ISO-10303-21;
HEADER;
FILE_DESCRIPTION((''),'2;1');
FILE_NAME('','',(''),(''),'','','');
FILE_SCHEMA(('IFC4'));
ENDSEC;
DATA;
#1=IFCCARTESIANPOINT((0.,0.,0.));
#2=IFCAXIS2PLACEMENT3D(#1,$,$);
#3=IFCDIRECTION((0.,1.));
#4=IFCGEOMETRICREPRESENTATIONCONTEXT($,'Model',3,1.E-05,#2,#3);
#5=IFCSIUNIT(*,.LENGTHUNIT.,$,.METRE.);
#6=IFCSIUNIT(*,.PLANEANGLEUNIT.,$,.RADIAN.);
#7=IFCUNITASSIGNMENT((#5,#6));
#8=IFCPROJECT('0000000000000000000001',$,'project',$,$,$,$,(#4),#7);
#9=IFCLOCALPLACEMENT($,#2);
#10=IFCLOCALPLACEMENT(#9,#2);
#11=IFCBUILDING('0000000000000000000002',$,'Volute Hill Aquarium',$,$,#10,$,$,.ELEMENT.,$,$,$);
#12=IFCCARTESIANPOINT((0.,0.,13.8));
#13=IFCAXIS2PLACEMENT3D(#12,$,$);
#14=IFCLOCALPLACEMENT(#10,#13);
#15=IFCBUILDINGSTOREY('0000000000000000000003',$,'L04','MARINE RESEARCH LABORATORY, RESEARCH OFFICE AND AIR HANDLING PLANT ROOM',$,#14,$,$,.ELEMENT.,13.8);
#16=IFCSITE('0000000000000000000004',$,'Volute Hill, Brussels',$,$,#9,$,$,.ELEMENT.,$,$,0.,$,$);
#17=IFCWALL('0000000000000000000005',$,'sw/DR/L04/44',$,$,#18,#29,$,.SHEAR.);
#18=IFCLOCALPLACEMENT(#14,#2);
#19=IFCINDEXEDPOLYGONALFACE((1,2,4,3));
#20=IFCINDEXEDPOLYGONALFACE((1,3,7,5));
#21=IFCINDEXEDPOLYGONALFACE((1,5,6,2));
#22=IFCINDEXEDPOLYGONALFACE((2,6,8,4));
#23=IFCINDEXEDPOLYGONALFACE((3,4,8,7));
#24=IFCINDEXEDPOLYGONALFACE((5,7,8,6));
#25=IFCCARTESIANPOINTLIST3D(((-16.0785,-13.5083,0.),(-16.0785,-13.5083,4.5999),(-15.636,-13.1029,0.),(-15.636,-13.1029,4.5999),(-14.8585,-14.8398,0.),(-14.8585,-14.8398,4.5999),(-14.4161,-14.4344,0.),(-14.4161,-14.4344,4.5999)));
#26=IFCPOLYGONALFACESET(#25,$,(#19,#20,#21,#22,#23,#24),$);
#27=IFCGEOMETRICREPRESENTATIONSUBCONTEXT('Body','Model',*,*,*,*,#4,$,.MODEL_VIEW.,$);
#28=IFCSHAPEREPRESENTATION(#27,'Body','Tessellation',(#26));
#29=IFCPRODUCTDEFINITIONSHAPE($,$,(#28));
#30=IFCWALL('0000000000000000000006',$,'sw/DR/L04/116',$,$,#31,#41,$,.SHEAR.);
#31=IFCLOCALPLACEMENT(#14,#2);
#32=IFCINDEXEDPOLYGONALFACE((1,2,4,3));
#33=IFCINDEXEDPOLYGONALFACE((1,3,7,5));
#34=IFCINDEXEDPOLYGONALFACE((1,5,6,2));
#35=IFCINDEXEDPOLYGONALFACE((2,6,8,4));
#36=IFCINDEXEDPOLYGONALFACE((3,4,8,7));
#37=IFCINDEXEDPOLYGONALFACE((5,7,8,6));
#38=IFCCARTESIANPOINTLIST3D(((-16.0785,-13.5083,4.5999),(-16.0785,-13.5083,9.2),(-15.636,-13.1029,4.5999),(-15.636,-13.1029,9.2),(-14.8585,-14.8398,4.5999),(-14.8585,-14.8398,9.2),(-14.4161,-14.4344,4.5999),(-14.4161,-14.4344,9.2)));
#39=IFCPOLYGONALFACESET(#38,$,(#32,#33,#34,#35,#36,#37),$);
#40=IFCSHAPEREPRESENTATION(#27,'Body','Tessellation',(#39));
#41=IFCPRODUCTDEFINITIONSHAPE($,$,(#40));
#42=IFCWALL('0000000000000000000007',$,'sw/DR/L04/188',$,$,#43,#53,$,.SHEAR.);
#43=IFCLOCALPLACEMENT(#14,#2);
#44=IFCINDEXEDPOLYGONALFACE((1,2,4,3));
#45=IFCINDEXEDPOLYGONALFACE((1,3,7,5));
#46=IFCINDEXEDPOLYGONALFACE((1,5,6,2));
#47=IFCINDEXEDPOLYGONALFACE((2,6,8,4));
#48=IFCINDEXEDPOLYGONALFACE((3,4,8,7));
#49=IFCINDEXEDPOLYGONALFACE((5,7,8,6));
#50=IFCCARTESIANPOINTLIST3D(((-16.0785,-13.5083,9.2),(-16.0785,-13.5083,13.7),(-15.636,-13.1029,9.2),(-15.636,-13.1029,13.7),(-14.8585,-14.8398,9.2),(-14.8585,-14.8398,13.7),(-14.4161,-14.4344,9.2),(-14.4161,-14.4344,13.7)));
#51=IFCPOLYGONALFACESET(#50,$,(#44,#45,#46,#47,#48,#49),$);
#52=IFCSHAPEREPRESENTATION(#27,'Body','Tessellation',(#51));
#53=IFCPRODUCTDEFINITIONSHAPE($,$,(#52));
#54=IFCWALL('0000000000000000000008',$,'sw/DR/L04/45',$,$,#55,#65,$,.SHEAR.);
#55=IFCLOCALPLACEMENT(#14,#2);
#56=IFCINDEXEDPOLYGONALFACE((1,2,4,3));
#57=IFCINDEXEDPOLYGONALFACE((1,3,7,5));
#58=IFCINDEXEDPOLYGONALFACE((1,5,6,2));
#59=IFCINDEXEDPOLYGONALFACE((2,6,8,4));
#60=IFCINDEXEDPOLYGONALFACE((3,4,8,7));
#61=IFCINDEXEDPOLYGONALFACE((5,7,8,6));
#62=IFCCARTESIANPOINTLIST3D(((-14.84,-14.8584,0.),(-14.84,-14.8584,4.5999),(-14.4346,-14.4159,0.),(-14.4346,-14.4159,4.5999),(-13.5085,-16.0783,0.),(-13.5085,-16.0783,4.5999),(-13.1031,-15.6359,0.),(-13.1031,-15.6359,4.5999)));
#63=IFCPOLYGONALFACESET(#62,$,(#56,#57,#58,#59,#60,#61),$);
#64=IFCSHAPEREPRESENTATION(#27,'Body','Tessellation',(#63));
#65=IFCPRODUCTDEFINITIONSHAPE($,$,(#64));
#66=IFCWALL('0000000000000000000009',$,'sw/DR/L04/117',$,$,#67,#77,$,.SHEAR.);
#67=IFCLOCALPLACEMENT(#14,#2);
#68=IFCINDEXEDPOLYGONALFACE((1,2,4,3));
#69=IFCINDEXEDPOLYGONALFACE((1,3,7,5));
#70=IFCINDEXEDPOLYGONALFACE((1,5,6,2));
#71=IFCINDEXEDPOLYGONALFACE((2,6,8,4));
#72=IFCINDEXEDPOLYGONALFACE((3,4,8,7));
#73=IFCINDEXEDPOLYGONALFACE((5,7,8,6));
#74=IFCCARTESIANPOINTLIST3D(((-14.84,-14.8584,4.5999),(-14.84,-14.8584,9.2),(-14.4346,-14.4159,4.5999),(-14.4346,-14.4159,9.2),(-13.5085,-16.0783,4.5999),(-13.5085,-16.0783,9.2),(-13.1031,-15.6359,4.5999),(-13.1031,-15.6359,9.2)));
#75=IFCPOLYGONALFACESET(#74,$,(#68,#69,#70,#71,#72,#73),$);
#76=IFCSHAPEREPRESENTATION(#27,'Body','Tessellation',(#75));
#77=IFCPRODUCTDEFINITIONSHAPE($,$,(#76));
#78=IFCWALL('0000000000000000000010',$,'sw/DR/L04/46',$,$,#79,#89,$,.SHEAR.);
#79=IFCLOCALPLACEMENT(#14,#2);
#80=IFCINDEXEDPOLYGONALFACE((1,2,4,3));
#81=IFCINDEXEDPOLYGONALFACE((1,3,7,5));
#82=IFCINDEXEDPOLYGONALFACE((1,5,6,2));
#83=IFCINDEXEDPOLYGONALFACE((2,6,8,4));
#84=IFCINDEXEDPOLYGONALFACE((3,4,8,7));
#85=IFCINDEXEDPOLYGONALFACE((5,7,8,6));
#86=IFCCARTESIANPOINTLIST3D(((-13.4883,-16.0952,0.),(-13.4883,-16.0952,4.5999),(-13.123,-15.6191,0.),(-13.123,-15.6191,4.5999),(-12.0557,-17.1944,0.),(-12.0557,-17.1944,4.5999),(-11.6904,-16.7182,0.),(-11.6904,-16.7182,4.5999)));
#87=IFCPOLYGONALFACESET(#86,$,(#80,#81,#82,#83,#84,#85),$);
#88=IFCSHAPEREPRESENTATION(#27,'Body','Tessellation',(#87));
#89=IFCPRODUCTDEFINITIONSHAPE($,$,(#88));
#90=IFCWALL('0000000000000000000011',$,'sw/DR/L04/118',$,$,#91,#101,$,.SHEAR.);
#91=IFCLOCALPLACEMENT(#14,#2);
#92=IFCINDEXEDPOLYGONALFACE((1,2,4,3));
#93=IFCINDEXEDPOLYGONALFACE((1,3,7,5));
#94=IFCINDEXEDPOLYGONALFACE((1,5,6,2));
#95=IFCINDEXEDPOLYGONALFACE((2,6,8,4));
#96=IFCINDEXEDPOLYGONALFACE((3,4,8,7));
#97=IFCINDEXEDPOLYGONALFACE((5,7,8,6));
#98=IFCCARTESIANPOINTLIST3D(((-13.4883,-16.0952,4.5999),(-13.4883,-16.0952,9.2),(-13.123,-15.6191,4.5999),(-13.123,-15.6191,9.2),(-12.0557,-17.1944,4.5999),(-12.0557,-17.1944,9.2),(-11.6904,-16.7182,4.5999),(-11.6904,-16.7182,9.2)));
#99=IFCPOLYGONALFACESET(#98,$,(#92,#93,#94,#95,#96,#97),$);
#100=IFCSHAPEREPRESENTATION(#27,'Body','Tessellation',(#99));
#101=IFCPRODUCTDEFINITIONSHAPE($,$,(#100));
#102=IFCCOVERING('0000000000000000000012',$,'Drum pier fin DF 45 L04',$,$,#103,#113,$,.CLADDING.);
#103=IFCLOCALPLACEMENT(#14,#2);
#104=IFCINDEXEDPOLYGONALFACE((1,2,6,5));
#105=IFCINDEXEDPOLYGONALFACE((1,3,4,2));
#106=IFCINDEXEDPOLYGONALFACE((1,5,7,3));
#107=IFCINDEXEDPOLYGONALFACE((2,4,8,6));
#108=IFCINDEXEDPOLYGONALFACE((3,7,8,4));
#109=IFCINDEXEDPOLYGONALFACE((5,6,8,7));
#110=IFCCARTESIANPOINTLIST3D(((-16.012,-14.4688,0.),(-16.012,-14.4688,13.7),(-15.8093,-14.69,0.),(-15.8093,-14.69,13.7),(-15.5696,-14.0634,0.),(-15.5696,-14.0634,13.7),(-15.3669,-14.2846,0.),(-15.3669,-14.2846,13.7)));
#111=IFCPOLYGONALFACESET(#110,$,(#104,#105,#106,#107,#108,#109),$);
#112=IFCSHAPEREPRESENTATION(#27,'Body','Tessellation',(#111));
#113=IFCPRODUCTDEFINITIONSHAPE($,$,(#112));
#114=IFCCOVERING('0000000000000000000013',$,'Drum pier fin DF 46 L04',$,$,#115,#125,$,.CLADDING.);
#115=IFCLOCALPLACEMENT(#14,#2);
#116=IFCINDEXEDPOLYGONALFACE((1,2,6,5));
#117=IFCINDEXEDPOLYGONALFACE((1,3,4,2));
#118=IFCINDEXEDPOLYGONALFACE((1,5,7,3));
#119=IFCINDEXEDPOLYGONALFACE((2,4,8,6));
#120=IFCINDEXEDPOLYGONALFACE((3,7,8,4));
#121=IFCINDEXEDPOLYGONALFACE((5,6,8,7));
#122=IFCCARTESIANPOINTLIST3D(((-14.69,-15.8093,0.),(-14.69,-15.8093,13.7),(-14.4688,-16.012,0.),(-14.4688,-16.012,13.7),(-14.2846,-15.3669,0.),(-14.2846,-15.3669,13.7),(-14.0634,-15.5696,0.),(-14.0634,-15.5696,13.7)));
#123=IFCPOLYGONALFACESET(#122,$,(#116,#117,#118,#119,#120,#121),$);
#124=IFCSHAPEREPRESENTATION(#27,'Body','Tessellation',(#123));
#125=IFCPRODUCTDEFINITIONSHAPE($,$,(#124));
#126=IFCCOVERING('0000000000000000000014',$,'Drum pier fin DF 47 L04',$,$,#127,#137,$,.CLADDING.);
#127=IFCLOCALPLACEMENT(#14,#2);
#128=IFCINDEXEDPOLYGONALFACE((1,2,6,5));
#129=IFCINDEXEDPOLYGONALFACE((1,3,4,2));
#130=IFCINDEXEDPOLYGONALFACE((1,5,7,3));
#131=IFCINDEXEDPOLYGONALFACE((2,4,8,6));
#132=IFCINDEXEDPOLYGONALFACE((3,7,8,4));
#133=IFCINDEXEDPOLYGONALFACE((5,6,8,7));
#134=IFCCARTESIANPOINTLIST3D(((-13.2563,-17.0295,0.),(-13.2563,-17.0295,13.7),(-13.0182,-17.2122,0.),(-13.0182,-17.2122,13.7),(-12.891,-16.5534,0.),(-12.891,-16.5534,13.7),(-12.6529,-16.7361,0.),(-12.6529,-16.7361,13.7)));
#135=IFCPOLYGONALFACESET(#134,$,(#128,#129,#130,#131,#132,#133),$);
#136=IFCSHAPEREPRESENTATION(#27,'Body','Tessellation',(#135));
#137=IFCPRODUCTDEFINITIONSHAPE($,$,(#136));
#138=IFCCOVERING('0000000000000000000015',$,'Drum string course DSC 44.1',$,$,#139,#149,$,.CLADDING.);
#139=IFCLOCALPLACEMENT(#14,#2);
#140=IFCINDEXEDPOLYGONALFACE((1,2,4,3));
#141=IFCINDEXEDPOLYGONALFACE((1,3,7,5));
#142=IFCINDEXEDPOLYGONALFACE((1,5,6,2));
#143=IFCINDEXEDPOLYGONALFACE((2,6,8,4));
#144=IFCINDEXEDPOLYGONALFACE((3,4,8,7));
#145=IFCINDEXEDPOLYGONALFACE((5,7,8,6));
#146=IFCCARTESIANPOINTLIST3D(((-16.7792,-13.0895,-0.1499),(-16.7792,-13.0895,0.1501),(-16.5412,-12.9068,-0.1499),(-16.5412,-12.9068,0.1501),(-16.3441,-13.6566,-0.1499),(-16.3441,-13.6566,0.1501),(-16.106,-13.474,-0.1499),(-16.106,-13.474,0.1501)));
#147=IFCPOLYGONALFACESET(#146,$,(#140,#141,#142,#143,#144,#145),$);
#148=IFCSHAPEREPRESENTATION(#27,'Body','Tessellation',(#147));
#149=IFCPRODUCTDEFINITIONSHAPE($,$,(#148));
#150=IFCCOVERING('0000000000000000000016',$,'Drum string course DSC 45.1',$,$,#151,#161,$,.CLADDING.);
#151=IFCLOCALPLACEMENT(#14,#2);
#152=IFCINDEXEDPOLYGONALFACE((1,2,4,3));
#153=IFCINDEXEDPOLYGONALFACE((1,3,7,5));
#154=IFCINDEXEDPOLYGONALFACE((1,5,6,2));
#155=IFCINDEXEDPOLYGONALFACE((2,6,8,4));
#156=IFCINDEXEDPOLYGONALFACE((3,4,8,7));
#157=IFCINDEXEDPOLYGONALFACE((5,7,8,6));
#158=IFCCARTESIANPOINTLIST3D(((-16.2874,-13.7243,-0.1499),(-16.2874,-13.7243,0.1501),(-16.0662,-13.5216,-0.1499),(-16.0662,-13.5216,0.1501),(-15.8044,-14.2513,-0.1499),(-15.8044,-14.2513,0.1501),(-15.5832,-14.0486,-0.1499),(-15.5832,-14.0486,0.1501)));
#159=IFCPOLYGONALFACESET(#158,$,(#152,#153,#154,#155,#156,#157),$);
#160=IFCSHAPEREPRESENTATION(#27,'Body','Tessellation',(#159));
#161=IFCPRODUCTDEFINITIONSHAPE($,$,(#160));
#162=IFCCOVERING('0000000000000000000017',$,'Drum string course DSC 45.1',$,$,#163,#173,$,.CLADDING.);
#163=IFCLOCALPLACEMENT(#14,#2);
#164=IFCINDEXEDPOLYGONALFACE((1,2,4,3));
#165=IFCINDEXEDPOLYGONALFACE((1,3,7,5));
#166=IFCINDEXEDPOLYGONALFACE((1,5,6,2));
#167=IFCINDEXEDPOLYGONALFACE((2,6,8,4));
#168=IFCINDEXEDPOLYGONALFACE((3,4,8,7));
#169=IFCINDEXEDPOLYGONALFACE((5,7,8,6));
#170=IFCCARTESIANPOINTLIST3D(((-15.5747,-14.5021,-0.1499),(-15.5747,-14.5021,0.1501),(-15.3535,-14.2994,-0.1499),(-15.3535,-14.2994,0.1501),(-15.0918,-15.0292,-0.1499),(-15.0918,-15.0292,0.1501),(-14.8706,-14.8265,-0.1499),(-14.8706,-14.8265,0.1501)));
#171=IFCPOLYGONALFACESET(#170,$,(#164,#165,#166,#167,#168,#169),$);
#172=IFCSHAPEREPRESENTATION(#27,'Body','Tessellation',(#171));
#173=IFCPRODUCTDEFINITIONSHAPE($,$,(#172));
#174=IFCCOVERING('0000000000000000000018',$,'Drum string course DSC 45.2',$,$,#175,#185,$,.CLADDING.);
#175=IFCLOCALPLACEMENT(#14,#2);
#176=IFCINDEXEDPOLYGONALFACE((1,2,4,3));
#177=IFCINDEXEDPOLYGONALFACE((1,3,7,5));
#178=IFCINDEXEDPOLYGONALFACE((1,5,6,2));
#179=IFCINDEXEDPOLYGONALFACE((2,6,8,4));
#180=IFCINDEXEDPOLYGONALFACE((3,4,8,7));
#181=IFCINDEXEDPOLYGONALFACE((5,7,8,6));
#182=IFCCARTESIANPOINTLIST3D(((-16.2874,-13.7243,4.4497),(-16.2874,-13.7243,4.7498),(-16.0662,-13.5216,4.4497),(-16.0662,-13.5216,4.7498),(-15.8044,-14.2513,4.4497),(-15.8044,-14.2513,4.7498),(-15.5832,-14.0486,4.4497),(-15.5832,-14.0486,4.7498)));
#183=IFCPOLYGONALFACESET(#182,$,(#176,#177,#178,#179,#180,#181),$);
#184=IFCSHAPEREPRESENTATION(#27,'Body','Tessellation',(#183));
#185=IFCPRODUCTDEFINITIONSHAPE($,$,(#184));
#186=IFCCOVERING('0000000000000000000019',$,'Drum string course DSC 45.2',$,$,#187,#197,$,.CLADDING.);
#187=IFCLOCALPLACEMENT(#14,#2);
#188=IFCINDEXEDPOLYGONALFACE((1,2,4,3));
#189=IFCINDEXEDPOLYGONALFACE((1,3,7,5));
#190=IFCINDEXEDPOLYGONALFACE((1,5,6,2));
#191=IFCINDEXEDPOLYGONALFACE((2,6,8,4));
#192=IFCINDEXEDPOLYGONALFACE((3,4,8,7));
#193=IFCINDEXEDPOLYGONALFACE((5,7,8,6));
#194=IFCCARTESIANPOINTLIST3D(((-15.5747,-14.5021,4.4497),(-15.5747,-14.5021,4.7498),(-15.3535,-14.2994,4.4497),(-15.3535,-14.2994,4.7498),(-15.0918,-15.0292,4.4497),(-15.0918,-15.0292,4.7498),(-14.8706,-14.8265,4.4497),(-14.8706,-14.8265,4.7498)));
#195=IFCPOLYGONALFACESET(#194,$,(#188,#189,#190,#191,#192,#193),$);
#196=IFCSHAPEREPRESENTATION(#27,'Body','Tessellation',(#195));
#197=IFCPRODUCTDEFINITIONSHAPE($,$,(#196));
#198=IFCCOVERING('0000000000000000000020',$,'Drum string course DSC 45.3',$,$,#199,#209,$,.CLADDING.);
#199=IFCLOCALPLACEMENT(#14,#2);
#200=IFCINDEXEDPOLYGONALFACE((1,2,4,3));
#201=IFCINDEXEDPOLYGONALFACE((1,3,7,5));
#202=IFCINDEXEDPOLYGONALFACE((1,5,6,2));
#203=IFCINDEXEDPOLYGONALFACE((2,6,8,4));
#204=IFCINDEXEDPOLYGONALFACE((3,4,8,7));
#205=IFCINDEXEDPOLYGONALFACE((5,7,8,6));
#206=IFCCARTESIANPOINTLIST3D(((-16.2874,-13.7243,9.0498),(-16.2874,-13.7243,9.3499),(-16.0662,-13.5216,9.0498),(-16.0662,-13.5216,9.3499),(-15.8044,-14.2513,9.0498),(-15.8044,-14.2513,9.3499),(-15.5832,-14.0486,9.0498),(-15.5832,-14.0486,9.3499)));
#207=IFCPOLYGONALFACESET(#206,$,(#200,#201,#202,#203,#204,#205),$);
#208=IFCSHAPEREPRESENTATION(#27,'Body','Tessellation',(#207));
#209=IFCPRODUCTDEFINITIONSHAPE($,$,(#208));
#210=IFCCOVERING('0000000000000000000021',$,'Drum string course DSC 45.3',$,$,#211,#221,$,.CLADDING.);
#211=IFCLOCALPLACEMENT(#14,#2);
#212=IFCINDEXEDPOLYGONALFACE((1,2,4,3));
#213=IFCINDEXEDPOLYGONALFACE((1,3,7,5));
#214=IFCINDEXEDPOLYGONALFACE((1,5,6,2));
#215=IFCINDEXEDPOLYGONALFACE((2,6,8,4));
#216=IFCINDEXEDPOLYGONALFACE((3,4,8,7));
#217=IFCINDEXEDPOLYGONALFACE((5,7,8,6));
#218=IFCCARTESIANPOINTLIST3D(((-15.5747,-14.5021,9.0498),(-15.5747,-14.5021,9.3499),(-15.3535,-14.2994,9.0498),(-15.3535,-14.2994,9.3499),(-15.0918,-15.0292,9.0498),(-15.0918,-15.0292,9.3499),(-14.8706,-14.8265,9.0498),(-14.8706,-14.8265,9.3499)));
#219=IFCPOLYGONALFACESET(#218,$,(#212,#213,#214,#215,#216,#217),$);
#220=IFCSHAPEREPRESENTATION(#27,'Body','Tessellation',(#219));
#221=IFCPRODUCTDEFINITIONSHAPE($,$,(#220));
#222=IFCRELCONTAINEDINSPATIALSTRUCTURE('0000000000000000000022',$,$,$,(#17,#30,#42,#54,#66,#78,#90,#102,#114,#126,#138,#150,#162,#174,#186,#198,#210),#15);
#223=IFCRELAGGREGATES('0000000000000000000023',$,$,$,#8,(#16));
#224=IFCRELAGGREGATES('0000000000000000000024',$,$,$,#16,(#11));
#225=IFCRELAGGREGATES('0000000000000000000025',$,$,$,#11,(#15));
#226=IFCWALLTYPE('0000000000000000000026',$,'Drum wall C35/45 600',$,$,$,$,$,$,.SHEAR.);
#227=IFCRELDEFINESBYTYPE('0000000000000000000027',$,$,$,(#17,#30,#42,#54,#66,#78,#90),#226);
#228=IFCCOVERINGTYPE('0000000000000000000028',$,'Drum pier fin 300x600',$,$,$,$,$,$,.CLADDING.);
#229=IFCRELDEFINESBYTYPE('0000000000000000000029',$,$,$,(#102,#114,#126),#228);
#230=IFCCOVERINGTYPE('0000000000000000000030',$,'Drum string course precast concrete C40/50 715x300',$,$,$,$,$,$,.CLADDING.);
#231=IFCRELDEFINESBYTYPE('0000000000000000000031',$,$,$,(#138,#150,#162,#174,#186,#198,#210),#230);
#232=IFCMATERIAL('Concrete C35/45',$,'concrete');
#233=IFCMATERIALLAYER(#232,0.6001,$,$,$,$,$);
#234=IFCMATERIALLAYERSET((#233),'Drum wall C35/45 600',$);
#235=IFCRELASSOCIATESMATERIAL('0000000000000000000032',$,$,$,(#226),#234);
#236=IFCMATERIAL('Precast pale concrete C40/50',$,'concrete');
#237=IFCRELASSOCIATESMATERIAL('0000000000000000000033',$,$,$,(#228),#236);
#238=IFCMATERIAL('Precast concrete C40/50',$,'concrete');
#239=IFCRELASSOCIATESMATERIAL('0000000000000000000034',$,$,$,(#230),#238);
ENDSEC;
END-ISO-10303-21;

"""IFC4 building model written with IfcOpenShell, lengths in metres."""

from ifc_helpers import new_model, si_unit, direction, frame, frame_2d, origin, origin_2d, place, context, subcontext, project, spatial, rectangle, extrude, material, layer, layer_set, type_object, element, save


model = new_model("IFC4")

# Units and contexts
model_context = context("Model", 3, precision=1e-05, world=origin(), true_north=direction((0.0, 1.0)))
body_context = subcontext(model_context, "Body", "Model", "MODEL_VIEW")
ifc_project = project(units=[si_unit("LENGTHUNIT", "METRE"), si_unit("PLANEANGLEUNIT", "RADIAN")], contexts=[model_context])

# Site, building, storey
site_placement = place(None, origin())
site = spatial("IfcSite", under=ifc_project, at=site_placement, Name="Volute Hill, Brussels", CompositionType="ELEMENT", RefElevation=0.0)
building_placement = place(site_placement, origin())
building = spatial("IfcBuilding", under=site, at=building_placement, Name="Volute Hill Aquarium", CompositionType="ELEMENT")
storey_placement = place(building_placement, frame((0.0, 0.0, 13.8)))
storey = spatial("IfcBuildingStorey", under=building, at=storey_placement, Name="L04", Description="MARINE RESEARCH LABORATORY, RESEARCH OFFICE AND AIR HANDLING PLANT ROOM", CompositionType="ELEMENT", Elevation=13.8)

# Walls
ifc_material_1 = material(Name="Concrete C35/45", Category="concrete")
ifc_layer = layer(ifc_material_1, 0.6001)
ifc_layer_set = layer_set([ifc_layer], Name="Drum wall C35/45 600")
wall_type = type_object("IfcWallType", Name="Drum wall C35/45 600", PredefinedType="SHEAR", material=ifc_layer_set)
wall_1_placement = place(storey_placement, frame((-15.8572, -13.3057, 0.0), z_axis=(0.0, 0.0, 1.0), x_axis=(0.675541, -0.737322, 0.0)))
element("IfcWall", 1, at=wall_1_placement, inside=storey, type_object=wall_type, Name="sw/DR/L04/44", PredefinedType="SHEAR", context=body_context, shape_type="SweptSolid", body=[
    extrude(rectangle(XDim=1.8059, YDim=0.6001, at=frame_2d((0.9028, 0.0))), origin(), (0.0, 0.0, 1.0), 4.5999),
])
wall_2_placement = place(storey_placement, frame((-15.8572, -13.3057, 4.5999), z_axis=(0.0, 0.0, 1.0), x_axis=(0.675541, -0.737322, 0.0)))
element("IfcWall", 2, at=wall_2_placement, inside=storey, type_object=wall_type, Name="sw/DR/L04/116", PredefinedType="SHEAR", context=body_context, shape_type="SweptSolid", body=[
    extrude(rectangle(XDim=1.8059, YDim=0.6001, at=frame_2d((0.9028, 0.0))), origin(), (0.0, 0.0, 1.0), 4.6001),
])
wall_3_placement = place(storey_placement, frame((-15.8572, -13.3057, 9.2), z_axis=(0.0, 0.0, 1.0), x_axis=(0.675541, -0.737322, 0.0)))
element("IfcWall", 3, at=wall_3_placement, inside=storey, type_object=wall_type, Name="sw/DR/L04/188", PredefinedType="SHEAR", context=body_context, shape_type="SweptSolid", body=[
    extrude(rectangle(XDim=1.8059, YDim=0.6001, at=frame_2d((0.9028, 0.0))), origin(), (0.0, 0.0, 1.0), 4.5),
])
wall_4_placement = place(storey_placement, frame((-14.6372, -14.6372, 0.0), z_axis=(0.0, 0.0, 1.0), x_axis=(0.737322, -0.675541, 0.0)))
element("IfcWall", 4, at=wall_4_placement, inside=storey, type_object=wall_type, Name="sw/DR/L04/45", PredefinedType="SHEAR", context=body_context, shape_type="SweptSolid", body=[
    extrude(rectangle(XDim=1.8059, YDim=0.6001, at=frame_2d((0.9028, 0.0))), origin(), (0.0, 0.0, 1.0), 4.5999),
])
wall_5_placement = place(storey_placement, frame((-14.6372, -14.6372, 4.5999), z_axis=(0.0, 0.0, 1.0), x_axis=(0.737322, -0.675541, 0.0)))
element("IfcWall", 5, at=wall_5_placement, inside=storey, type_object=wall_type, Name="sw/DR/L04/117", PredefinedType="SHEAR", context=body_context, shape_type="SweptSolid", body=[
    extrude(rectangle(XDim=1.8059, YDim=0.6001, at=frame_2d((0.9028, 0.0))), origin(), (0.0, 0.0, 1.0), 4.6001),
])
wall_6_placement = place(storey_placement, frame((-13.3057, -15.8572, 0.0), z_axis=(0.0, 0.0, 1.0), x_axis=(0.793397, -0.608704, 0.0)))
element("IfcWall", 6, at=wall_6_placement, inside=storey, type_object=wall_type, Name="sw/DR/L04/46", PredefinedType="SHEAR", context=body_context, shape_type="SweptSolid", body=[
    extrude(rectangle(XDim=1.8057, YDim=0.6001, at=frame_2d((0.9028, 0.0))), origin(), (0.0, 0.0, 1.0), 4.5999),
])
wall_7_placement = place(storey_placement, frame((-13.3057, -15.8572, 4.5999), z_axis=(0.0, 0.0, 1.0), x_axis=(0.793397, -0.608704, 0.0)))
element("IfcWall", 7, at=wall_7_placement, inside=storey, type_object=wall_type, Name="sw/DR/L04/118", PredefinedType="SHEAR", context=body_context, shape_type="SweptSolid", body=[
    extrude(rectangle(XDim=1.8057, YDim=0.6001, at=frame_2d((0.9028, 0.0))), origin(), (0.0, 0.0, 1.0), 4.6001),
])

# Coverings
ifc_material_2 = material(Name="Precast pale concrete C40/50", Category="concrete")
covering_type_1 = type_object("IfcCoveringType", Name="Drum pier fin 300x600", PredefinedType="CLADDING", material=ifc_material_2)
for number, where, z_axis, x_axis, name in (
    (8, (-15.6895, -14.3767, 0.0), (0.0, 0.0, 1.0), (0.67559, -0.737277, 0.0), "Drum pier fin DF 45 L04"),
    (9, (-14.3767, -15.6895, 0.0), (0.0, 0.0, 1.0), (0.737277, -0.67559, 0.0), "Drum pier fin DF 46 L04"),
    (10, (-12.9546, -16.8828, 0.0), (0.0, 0.0, 1.0), (0.793353, -0.608761, 0.0), "Drum pier fin DF 47 L04"),
):
    element("IfcCovering", number, at=place(storey_placement, frame(where, z_axis=z_axis, x_axis=x_axis)), inside=storey, type_object=covering_type_1, Name=name, PredefinedType="CLADDING", context=body_context, shape_type="SweptSolid", body=[
        extrude(rectangle(XDim=0.3, YDim=0.6001, at=origin_2d()), origin(), (0.0, 0.0, 1.0), 13.7),
    ])
ifc_material_3 = material(Name="Precast concrete C40/50", Category="concrete")
covering_type_2 = type_object("IfcCoveringType", Name="Drum string course precast concrete C40/50 715x300", PredefinedType="CLADDING", material=ifc_material_3)
for number, where, z_axis, x_axis, name in (
    (11, (-16.4426, -13.2817, -0.1499), (0.0, 0.0, 1.0), (0.608761, -0.793353, 0.0), "Drum string course DSC 44.1"),
    (12, (-15.9353, -13.8865, -0.1499), (0.0, 0.0, 1.0), (0.67559, -0.737277, 0.0), "Drum string course DSC 45.1"),
    (13, (-15.2227, -14.6643, -0.1499), (0.0, 0.0, 1.0), (0.67559, -0.737277, 0.0), "Drum string course DSC 45.1"),
    (14, (-15.9353, -13.8865, 4.4497), (0.0, 0.0, 1.0), (0.67559, -0.737277, 0.0), "Drum string course DSC 45.2"),
    (15, (-15.2227, -14.6643, 4.4497), (0.0, 0.0, 1.0), (0.67559, -0.737277, 0.0), "Drum string course DSC 45.2"),
    (16, (-15.9353, -13.8865, 9.0498), (0.0, 0.0, 1.0), (0.67559, -0.737277, 0.0), "Drum string course DSC 45.3"),
    (17, (-15.2227, -14.6643, 9.0498), (0.0, 0.0, 1.0), (0.67559, -0.737277, 0.0), "Drum string course DSC 45.3"),
):
    element("IfcCovering", number, at=place(storey_placement, frame(where, z_axis=z_axis, x_axis=x_axis)), inside=storey, type_object=covering_type_2, Name=name, PredefinedType="CLADDING", context=body_context, shape_type="SweptSolid", body=[
        extrude(rectangle(XDim=0.7148, YDim=0.3, at=origin_2d()), origin(), (0.0, 0.0, 1.0), 0.3),
    ])

save(model, "model.ifc")
